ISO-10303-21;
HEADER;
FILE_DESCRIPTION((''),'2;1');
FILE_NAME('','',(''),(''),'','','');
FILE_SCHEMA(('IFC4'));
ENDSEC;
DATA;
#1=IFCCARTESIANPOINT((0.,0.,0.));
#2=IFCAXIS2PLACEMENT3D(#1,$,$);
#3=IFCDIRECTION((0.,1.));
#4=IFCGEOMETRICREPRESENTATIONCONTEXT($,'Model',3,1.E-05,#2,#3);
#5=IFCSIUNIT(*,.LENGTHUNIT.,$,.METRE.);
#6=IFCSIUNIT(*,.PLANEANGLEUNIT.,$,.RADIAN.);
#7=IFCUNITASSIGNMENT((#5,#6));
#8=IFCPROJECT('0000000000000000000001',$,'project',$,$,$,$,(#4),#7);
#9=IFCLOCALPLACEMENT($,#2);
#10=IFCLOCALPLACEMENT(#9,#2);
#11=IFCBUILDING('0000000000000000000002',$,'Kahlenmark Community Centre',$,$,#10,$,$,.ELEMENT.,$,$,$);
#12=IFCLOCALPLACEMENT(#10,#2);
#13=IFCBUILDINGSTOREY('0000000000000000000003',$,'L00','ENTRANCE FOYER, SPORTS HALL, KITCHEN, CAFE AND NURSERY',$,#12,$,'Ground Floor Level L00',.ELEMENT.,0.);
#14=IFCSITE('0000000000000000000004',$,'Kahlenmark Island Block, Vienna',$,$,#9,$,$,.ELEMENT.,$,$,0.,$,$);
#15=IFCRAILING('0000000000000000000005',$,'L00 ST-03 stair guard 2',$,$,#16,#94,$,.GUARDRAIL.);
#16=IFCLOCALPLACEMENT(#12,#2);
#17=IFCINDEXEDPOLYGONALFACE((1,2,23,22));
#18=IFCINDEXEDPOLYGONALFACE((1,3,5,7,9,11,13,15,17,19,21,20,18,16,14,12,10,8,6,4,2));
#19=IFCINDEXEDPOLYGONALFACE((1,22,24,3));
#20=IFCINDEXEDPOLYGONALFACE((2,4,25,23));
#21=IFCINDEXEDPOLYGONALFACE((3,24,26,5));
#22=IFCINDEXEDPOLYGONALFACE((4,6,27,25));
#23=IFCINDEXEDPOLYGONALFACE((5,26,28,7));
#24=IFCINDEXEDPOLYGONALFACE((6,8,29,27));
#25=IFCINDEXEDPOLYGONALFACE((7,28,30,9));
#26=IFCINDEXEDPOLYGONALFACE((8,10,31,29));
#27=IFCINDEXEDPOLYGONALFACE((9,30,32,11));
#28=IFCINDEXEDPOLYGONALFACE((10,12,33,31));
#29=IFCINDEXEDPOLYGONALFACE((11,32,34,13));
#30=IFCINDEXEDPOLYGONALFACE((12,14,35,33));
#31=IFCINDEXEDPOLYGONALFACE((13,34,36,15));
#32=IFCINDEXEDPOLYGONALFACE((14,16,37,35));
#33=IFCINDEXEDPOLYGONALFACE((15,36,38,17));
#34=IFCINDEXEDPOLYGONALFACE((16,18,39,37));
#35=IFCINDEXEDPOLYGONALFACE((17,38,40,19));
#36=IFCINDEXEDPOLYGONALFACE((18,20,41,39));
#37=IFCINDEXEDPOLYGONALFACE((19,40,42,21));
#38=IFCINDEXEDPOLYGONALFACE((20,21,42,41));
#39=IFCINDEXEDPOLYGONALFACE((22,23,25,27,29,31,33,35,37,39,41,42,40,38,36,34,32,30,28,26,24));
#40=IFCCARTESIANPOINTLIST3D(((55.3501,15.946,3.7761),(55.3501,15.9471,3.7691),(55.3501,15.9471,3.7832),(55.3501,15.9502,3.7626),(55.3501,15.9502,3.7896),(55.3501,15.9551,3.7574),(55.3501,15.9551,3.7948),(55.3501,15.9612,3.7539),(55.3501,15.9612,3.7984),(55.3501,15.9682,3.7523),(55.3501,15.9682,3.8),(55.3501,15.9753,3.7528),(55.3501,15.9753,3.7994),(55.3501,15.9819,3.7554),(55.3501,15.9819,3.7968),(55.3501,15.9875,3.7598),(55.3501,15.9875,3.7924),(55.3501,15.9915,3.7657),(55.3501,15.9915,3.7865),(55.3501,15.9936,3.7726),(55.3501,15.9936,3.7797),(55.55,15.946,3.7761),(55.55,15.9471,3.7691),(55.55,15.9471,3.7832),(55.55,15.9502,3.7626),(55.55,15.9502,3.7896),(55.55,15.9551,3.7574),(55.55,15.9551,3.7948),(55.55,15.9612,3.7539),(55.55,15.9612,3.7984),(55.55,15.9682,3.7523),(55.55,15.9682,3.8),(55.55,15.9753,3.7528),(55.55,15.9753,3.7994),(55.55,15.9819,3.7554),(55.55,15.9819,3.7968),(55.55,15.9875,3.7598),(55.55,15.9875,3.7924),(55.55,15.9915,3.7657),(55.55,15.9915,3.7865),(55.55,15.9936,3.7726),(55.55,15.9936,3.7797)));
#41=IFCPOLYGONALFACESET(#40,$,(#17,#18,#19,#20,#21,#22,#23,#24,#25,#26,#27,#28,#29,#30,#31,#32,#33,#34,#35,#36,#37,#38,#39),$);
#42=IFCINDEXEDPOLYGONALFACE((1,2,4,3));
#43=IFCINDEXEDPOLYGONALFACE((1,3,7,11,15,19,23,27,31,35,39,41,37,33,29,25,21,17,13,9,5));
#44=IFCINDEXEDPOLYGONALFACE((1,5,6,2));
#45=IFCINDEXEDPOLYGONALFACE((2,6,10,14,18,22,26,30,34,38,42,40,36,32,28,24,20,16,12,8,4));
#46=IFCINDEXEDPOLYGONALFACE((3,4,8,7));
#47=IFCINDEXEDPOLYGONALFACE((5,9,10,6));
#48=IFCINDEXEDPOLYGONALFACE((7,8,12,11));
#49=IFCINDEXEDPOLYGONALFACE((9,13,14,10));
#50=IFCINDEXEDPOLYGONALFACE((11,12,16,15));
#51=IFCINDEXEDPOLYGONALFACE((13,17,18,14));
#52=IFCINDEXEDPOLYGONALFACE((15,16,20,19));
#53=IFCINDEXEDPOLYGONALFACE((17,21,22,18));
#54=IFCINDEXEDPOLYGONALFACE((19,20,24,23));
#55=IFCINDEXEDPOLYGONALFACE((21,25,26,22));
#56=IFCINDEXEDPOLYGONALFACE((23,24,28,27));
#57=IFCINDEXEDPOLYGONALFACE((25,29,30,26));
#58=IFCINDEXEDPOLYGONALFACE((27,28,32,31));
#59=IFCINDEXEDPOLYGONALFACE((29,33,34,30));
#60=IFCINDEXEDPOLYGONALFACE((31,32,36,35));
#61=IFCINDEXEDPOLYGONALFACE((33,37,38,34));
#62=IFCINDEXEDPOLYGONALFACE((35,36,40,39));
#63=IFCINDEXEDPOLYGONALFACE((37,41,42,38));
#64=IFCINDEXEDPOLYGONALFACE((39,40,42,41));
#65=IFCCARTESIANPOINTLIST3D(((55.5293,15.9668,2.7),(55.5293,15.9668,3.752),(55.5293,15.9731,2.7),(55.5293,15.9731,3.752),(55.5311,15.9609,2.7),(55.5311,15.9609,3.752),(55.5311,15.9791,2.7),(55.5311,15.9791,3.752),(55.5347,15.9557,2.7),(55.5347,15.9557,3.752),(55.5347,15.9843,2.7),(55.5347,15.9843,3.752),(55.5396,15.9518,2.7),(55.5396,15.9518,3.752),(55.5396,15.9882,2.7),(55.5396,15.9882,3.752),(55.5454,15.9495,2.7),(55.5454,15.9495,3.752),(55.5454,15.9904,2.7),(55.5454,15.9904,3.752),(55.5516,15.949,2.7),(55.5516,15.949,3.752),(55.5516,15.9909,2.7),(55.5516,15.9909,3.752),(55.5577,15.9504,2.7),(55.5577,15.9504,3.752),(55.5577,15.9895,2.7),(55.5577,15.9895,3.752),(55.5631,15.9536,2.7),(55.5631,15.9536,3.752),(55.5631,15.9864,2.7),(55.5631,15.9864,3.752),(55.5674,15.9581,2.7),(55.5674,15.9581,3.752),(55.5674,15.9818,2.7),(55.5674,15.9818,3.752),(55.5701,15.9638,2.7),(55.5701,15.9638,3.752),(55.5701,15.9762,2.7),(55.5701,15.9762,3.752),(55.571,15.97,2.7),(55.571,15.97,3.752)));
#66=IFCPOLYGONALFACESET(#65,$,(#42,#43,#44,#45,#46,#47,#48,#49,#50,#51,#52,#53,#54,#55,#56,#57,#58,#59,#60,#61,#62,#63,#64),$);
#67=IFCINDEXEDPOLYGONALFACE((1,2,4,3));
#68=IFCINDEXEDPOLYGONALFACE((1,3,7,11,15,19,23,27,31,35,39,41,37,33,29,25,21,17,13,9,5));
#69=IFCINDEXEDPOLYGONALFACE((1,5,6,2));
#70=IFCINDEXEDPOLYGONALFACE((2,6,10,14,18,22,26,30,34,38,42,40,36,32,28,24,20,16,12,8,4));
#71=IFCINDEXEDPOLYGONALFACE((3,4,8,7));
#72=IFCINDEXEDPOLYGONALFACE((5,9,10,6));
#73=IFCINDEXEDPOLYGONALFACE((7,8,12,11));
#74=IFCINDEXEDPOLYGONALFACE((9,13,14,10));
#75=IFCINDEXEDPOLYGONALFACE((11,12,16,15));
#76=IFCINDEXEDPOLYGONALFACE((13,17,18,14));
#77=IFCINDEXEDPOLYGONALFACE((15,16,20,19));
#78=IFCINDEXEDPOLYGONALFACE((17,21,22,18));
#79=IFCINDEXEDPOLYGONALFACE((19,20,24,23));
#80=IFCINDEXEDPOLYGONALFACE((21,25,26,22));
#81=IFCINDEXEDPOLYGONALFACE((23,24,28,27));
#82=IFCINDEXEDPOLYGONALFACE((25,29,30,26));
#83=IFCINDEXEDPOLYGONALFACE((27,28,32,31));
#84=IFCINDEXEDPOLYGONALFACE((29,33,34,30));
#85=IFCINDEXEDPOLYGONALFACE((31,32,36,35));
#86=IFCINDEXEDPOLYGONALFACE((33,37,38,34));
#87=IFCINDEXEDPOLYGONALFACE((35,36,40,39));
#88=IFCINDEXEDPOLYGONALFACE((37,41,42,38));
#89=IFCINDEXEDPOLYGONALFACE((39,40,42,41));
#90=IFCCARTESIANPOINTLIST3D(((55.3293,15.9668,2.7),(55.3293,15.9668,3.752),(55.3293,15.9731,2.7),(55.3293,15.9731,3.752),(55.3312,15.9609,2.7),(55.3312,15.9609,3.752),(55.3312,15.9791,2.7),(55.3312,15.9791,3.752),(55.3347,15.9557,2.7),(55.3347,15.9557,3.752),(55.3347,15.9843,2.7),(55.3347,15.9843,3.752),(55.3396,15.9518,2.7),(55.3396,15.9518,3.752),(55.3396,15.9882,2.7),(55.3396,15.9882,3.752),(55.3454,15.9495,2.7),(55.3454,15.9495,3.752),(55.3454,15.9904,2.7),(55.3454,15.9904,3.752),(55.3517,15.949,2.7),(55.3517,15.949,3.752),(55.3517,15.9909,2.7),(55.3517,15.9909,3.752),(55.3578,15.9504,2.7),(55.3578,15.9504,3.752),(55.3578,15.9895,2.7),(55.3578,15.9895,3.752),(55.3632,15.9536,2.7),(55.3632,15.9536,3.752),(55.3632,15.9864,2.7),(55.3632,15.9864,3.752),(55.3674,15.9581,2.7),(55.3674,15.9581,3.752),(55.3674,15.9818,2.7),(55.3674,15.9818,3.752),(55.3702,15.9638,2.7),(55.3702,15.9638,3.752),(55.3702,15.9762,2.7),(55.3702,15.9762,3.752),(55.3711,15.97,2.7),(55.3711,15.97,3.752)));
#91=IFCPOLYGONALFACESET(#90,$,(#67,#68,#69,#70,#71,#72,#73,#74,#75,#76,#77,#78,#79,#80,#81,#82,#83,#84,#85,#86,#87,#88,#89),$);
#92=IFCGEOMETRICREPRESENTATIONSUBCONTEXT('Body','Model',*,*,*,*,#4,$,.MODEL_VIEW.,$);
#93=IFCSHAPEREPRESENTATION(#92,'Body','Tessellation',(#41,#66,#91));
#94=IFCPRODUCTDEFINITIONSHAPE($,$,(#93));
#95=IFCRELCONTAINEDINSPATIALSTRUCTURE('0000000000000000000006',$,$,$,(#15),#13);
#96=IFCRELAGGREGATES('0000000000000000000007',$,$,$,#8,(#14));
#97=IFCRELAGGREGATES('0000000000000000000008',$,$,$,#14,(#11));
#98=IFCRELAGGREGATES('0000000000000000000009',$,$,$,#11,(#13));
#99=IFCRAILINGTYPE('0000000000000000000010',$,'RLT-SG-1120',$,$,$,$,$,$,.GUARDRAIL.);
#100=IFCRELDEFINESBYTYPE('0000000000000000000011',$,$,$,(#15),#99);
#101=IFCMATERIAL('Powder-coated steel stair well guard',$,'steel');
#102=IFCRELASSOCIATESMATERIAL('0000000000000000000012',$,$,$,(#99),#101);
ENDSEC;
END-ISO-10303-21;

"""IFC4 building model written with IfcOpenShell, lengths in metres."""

from ifc_helpers import new_model, si_unit, direction, frame, origin, origin_2d, place, context, subcontext, project, spatial, circle, extrude, material, type_object, element, save


model = new_model("IFC4")

# Units and contexts
model_context = context("Model", 3, precision=1e-05, world=origin(), true_north=direction((0.0, 1.0)))
body_context = subcontext(model_context, "Body", "Model", "MODEL_VIEW")
ifc_project = project(units=[si_unit("LENGTHUNIT", "METRE"), si_unit("PLANEANGLEUNIT", "RADIAN")], contexts=[model_context])

# Site, building, storey
site_placement = place(None, origin())
site = spatial("IfcSite", under=ifc_project, at=site_placement, Name="Kahlenmark Island Block, Vienna", CompositionType="ELEMENT", RefElevation=0.0)
building_placement = place(site_placement, origin())
building = spatial("IfcBuilding", under=site, at=building_placement, Name="Kahlenmark Community Centre", CompositionType="ELEMENT")
storey_placement = place(building_placement, origin())
storey = spatial("IfcBuildingStorey", under=building, at=storey_placement, Name="L00", Description="ENTRANCE FOYER, SPORTS HALL, KITCHEN, CAFE AND NURSERY", LongName="Ground Floor Level L00", CompositionType="ELEMENT", Elevation=0.0)

# Railing
ifc_material_1 = material(Name="Powder-coated steel stair well guard", Category="steel")
railing_type_1 = type_object("IfcRailingType", Name="RLT-SG-1120", PredefinedType="GUARDRAIL", material=ifc_material_1)
railing_1_placement = place(storey_placement, frame((55.55, 15.97, 2.7)))
element("IfcRailing", 1, at=railing_1_placement, inside=storey, type_object=railing_type_1, Name="L00 ST-03 stair guard 2", PredefinedType="GUARDRAIL", context=body_context, shape_type="SweptSolid", body=[
    extrude(circle(Radius=0.0239, at=origin_2d()), frame((0.0, 0.0, 1.0762), z_axis=(-1.0, 0.0, 0.0), x_axis=(0.0, -1.0, 0.0)), (0.0, 0.0, 1.0), 0.2),
    extrude(circle(Radius=0.021, at=origin_2d()), origin(), (0.0, 0.0, 1.0), 1.052),
    extrude(circle(Radius=0.021, at=origin_2d()), frame((-0.2, 0.0, 0.0)), (0.0, 0.0, 1.0), 1.052),
])

save(model, "model.ifc")
